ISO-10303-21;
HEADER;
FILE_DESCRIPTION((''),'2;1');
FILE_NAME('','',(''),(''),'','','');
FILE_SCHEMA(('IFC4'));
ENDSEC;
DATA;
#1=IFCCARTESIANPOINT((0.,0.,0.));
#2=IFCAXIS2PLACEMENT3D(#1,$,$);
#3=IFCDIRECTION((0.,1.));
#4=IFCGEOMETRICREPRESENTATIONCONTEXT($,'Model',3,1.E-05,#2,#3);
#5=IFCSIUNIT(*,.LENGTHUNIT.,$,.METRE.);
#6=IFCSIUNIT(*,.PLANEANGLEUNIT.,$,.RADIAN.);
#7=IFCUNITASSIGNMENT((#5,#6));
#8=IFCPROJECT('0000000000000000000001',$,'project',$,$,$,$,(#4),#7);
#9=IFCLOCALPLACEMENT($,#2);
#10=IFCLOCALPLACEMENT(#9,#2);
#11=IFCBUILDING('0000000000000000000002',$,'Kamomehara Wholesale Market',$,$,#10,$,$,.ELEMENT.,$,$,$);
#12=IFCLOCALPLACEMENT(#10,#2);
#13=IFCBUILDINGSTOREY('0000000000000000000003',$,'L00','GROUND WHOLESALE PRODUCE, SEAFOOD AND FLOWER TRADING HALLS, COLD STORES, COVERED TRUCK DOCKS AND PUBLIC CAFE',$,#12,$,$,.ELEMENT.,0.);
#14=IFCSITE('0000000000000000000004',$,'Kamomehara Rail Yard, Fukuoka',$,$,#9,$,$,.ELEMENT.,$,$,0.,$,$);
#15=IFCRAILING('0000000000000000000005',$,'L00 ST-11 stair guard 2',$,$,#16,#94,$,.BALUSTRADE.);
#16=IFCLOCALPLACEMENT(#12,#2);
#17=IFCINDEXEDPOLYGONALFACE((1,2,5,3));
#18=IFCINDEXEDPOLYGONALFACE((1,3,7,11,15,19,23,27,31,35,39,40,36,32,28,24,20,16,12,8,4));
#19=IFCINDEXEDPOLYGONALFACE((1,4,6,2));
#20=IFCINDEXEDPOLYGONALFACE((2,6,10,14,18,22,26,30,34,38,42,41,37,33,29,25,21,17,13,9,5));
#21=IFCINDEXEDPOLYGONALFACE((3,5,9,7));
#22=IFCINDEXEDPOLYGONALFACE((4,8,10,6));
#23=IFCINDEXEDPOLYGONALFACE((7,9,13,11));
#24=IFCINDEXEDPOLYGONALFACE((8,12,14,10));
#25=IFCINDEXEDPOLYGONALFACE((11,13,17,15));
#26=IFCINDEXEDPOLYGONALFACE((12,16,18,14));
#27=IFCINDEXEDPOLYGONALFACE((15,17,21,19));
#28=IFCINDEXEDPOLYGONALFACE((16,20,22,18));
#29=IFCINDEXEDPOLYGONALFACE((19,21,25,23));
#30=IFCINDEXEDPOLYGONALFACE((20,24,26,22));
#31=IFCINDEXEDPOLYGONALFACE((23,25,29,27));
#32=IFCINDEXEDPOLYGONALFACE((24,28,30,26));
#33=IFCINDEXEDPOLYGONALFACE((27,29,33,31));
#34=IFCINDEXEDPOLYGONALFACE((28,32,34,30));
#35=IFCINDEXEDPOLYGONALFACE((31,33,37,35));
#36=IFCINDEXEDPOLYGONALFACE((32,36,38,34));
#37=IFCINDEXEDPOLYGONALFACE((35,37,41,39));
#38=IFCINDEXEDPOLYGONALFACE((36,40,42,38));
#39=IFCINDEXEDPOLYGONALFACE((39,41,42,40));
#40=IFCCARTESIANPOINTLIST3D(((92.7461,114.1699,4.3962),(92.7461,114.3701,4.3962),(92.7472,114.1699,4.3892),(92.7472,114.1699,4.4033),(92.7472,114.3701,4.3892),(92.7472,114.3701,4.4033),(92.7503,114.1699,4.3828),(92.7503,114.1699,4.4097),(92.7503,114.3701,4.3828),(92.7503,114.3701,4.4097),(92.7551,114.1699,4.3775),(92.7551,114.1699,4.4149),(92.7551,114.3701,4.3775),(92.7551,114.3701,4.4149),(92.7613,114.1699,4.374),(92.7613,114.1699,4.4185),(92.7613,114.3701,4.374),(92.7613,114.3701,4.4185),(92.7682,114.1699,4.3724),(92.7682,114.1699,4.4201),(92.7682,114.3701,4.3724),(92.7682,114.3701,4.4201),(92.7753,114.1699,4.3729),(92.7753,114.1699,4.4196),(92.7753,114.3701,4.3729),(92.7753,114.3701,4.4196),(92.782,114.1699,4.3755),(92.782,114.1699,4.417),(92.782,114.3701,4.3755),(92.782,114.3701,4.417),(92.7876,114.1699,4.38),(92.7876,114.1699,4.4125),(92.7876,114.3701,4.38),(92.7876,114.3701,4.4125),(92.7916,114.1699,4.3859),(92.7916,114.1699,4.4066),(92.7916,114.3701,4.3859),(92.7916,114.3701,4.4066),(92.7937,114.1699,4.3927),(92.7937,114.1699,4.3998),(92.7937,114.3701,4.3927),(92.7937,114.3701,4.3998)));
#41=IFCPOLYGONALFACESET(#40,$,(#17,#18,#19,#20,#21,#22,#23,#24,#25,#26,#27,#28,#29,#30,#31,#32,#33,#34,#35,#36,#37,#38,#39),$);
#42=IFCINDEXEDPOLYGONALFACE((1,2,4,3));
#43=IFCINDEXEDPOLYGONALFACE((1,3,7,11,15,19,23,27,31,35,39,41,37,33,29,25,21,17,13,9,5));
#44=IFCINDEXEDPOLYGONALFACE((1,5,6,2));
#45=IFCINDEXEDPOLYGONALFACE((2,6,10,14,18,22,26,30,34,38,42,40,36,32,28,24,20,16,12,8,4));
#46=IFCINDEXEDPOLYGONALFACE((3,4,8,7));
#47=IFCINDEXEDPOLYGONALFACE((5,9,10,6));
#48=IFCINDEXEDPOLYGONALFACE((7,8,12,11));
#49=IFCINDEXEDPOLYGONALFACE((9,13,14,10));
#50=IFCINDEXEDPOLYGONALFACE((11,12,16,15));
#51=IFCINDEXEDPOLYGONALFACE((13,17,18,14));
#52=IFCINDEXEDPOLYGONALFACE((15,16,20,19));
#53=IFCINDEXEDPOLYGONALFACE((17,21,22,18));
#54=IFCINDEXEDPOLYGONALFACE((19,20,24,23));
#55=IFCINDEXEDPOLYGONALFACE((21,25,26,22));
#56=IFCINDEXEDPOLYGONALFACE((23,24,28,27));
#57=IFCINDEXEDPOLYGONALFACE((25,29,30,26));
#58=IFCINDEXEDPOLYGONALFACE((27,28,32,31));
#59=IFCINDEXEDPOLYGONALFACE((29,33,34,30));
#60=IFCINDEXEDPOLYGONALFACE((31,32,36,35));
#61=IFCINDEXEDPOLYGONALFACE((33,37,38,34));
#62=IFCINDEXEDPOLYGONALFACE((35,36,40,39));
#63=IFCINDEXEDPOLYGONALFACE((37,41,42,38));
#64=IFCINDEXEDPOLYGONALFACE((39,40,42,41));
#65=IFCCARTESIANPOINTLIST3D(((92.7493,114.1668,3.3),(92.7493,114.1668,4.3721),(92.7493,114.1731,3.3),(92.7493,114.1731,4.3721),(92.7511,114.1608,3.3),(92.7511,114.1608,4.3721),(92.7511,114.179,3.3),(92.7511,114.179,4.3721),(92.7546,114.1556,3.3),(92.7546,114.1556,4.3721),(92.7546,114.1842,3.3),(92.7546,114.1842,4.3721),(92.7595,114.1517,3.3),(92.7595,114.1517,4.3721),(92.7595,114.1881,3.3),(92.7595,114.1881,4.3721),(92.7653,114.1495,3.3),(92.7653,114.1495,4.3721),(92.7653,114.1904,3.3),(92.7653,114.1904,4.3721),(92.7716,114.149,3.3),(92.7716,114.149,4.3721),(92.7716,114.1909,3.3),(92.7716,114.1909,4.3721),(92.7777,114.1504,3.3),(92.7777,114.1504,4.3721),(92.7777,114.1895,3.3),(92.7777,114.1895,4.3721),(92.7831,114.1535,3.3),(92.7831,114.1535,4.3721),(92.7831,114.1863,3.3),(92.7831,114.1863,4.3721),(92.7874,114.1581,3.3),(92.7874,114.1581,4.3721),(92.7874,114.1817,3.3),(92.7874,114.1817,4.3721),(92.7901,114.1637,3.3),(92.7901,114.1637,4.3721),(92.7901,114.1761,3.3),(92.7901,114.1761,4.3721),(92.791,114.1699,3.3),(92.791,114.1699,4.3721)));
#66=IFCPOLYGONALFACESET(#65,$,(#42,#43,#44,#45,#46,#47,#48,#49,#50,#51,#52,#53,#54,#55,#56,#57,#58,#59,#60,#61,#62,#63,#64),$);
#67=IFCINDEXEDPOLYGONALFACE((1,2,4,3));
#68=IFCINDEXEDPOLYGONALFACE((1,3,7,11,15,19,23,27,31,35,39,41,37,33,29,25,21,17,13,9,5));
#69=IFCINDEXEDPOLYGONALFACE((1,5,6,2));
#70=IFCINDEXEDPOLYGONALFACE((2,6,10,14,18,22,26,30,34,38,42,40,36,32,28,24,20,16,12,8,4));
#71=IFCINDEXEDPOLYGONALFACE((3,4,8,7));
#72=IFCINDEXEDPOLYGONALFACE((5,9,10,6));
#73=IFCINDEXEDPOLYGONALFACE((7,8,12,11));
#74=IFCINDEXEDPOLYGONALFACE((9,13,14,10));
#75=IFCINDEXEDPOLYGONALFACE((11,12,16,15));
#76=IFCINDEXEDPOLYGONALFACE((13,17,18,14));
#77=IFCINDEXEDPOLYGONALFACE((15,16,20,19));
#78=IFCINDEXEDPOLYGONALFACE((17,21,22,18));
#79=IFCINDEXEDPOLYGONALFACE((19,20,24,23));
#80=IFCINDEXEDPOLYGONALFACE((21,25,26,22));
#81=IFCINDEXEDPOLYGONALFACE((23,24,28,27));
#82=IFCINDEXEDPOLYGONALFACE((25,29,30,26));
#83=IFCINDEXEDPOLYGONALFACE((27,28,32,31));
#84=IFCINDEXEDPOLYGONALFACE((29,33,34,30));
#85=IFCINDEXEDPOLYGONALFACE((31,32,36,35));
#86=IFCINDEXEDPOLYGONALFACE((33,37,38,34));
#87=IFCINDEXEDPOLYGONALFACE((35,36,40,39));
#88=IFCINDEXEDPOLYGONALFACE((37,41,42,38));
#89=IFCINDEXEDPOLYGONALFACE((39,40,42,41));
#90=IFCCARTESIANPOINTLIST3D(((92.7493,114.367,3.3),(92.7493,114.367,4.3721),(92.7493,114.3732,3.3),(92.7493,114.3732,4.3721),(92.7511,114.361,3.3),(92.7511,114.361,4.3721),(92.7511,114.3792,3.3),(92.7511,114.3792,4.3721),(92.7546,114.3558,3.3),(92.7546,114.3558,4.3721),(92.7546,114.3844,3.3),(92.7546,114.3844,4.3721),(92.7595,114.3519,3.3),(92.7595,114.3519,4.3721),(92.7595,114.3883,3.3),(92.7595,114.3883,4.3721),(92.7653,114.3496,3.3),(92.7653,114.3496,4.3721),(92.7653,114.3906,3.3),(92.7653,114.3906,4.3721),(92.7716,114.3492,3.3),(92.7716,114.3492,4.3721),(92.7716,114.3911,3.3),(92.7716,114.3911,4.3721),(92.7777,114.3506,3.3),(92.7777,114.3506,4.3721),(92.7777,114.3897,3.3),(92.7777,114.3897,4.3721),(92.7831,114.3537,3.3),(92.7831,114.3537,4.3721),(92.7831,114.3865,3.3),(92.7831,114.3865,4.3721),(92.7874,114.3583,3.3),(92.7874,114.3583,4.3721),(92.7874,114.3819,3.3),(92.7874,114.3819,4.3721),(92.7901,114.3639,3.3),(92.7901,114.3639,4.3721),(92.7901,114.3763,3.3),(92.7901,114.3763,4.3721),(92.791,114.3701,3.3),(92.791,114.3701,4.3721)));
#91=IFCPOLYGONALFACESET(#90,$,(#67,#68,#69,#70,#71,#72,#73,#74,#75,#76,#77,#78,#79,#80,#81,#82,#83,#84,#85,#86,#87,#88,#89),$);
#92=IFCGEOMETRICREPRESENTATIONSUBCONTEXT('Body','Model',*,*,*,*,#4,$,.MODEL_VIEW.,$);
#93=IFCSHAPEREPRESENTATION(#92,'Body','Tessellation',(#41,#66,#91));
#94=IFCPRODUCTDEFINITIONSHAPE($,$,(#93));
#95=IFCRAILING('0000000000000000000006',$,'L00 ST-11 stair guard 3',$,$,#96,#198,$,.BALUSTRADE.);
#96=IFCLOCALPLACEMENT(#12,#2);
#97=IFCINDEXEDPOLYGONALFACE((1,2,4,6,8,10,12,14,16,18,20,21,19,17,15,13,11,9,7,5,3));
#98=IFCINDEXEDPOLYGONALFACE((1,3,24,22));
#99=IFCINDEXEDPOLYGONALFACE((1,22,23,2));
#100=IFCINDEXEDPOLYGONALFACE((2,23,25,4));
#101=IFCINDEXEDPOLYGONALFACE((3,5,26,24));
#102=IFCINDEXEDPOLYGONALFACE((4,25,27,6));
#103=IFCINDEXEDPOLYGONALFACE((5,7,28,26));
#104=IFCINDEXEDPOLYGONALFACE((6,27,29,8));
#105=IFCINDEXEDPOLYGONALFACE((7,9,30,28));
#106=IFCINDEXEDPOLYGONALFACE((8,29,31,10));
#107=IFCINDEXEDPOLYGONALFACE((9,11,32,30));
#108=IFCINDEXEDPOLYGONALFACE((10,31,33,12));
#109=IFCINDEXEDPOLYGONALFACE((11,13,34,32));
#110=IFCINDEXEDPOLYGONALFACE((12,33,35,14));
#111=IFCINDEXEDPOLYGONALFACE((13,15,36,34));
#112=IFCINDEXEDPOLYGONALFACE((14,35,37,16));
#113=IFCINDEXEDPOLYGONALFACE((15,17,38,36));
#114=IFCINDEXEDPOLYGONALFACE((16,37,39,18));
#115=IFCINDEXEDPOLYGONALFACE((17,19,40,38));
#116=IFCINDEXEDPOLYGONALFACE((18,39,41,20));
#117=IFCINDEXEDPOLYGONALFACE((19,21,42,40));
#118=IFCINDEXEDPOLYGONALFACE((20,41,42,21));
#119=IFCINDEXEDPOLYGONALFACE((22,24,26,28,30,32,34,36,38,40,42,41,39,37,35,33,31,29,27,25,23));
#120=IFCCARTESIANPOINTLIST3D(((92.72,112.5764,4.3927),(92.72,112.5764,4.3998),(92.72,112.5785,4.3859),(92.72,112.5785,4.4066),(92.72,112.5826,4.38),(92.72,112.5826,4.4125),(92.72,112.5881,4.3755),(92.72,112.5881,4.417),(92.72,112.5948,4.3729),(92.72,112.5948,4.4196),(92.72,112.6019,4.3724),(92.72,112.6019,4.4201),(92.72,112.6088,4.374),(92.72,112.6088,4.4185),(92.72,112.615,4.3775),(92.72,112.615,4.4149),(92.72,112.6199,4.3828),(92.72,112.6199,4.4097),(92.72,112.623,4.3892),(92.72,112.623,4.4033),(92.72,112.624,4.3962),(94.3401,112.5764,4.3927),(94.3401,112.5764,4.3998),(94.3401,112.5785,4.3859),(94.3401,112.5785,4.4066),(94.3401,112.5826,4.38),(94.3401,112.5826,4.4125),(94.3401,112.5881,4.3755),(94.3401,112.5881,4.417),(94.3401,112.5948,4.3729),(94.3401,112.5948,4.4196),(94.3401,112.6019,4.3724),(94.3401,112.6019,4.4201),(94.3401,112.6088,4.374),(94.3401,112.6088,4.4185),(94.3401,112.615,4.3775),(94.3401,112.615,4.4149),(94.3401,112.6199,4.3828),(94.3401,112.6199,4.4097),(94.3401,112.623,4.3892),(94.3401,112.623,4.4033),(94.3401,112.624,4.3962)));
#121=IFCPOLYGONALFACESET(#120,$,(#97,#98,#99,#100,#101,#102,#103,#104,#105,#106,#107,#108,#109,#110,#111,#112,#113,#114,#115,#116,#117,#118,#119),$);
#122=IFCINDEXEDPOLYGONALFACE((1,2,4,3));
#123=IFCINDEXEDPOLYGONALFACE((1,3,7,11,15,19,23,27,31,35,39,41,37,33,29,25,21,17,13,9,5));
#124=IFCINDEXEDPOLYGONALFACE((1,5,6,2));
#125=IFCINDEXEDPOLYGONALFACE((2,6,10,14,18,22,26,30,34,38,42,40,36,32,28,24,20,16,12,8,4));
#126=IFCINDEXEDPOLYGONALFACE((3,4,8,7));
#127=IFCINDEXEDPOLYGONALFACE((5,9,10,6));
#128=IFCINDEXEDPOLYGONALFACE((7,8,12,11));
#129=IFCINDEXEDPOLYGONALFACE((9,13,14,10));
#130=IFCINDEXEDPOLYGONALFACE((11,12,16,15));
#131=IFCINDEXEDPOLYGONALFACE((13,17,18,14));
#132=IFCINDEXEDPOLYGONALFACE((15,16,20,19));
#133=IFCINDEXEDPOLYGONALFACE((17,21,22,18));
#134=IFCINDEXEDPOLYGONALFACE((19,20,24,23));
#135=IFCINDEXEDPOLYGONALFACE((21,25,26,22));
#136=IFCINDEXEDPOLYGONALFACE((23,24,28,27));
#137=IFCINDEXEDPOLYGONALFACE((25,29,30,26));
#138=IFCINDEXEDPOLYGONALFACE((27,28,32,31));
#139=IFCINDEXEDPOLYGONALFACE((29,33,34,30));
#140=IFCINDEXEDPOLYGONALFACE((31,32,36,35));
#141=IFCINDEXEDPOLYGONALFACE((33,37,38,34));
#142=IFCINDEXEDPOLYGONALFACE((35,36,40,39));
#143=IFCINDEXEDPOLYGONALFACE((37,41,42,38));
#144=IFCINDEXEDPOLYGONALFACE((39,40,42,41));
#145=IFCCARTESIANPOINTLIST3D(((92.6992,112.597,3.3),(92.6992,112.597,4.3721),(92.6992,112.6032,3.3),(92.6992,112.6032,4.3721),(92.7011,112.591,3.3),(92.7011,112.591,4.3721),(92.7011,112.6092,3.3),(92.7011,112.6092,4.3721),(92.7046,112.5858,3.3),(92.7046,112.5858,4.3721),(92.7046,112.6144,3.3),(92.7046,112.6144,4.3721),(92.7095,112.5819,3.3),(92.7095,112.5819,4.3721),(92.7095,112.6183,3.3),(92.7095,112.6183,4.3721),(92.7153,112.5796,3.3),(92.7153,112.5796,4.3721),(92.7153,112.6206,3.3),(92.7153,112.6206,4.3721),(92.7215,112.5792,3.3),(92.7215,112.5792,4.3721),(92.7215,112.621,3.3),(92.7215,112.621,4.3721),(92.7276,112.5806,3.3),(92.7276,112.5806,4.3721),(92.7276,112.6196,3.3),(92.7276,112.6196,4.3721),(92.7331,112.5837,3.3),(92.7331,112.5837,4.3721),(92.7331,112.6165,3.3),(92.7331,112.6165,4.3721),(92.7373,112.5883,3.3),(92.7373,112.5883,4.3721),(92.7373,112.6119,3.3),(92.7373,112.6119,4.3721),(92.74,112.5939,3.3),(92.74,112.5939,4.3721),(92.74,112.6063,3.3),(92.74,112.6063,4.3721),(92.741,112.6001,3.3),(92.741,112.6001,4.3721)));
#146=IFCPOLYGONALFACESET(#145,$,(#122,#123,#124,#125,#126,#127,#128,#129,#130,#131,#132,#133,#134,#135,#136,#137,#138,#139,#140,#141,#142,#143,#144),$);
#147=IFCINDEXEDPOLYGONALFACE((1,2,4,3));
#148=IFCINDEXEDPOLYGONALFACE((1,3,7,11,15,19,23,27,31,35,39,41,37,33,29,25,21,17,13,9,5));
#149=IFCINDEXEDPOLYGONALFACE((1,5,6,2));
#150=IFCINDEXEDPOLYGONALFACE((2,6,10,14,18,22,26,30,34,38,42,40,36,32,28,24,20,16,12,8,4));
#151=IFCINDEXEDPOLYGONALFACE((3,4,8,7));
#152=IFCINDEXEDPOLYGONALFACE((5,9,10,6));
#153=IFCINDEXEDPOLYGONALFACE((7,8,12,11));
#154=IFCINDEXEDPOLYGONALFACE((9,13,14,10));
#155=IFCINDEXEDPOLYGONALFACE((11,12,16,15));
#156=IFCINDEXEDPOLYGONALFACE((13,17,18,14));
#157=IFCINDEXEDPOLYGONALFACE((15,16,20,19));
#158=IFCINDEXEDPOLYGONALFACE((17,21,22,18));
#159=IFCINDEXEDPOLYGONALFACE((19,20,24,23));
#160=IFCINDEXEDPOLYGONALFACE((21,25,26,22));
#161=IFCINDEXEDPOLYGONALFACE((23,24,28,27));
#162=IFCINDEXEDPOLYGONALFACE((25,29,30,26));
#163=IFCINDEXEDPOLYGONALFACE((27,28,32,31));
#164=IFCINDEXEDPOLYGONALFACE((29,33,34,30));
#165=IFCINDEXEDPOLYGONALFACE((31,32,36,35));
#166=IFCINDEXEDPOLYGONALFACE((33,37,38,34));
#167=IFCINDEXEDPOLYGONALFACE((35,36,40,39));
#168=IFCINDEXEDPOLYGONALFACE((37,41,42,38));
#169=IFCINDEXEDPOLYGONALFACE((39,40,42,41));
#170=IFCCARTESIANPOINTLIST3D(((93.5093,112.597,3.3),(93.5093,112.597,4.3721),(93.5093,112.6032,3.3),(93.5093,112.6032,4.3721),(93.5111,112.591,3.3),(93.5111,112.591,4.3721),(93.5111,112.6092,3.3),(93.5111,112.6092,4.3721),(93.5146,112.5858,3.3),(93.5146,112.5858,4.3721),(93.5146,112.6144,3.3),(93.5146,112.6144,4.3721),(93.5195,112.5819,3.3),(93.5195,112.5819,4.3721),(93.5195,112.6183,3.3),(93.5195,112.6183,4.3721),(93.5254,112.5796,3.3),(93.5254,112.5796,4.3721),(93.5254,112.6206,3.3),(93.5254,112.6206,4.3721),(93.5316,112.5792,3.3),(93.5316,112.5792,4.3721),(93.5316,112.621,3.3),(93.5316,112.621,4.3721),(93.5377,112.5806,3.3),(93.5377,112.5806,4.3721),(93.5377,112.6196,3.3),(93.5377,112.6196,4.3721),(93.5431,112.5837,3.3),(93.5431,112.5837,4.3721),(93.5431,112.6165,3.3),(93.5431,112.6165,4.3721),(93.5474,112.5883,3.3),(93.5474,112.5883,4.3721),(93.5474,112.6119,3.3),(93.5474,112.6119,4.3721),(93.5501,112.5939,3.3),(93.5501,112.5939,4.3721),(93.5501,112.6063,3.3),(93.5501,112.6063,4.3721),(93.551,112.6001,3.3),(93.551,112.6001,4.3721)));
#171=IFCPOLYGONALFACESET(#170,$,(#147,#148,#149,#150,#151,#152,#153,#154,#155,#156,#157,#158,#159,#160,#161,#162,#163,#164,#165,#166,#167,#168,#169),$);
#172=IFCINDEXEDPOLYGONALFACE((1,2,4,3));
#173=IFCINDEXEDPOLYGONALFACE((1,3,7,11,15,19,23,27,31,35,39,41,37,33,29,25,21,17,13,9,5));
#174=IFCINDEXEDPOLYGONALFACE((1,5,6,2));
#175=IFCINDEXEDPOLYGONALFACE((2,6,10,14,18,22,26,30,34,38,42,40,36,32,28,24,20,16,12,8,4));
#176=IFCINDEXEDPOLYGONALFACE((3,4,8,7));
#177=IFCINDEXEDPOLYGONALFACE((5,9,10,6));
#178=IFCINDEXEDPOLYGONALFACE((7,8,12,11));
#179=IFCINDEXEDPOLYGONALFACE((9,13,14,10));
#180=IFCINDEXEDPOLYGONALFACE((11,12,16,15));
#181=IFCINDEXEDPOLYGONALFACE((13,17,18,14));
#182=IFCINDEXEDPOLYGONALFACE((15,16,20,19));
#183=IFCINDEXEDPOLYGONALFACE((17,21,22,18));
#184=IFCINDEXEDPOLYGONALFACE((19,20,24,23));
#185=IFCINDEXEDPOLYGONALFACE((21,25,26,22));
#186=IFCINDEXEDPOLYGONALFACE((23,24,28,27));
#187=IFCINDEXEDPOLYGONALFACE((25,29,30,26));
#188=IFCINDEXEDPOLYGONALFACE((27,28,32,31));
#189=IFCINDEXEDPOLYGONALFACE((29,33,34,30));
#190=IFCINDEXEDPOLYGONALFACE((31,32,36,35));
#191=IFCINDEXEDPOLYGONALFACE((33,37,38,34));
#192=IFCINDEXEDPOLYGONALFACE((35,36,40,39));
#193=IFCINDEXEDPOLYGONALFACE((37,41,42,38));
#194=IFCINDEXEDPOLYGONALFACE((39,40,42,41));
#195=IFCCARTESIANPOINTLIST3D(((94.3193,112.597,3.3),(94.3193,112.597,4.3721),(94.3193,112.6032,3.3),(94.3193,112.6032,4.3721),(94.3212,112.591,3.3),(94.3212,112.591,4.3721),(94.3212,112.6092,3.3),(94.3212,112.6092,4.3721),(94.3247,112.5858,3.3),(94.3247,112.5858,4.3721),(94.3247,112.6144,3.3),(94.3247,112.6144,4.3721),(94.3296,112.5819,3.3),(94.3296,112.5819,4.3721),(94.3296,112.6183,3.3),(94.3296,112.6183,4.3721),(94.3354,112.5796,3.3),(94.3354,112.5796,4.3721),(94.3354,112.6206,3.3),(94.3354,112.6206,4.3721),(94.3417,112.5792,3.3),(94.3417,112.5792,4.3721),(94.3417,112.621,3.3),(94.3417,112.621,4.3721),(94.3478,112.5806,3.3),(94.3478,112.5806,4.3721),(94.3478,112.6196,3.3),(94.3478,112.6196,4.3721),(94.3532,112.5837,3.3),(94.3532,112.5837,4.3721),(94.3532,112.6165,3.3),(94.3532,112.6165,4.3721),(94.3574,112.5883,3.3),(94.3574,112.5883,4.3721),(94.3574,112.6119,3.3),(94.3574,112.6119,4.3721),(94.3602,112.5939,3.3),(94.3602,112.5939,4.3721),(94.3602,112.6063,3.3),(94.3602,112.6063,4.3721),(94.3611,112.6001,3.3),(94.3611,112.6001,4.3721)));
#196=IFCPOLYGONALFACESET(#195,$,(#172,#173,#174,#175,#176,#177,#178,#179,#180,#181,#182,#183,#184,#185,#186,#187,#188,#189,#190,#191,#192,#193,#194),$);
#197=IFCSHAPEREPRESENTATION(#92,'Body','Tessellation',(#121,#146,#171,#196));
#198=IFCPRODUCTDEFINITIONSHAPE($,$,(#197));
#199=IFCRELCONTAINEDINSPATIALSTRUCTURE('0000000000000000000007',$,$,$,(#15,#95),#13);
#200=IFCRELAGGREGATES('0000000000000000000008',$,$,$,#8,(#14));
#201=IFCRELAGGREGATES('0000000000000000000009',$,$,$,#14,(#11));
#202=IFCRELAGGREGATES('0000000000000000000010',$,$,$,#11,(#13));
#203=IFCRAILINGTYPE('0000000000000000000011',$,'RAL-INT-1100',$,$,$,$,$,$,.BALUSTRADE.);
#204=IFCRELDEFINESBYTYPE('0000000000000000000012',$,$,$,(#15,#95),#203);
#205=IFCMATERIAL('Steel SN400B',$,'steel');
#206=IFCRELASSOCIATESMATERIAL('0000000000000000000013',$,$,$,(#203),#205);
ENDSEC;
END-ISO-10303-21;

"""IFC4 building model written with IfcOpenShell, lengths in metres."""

from ifc_helpers import new_model, si_unit, direction, frame, origin, origin_2d, place, context, subcontext, project, spatial, circle, extrude, material, type_object, element, save


model = new_model("IFC4")

# Units and contexts
model_context = context("Model", 3, precision=1e-05, world=origin(), true_north=direction((0.0, 1.0)))
body_context = subcontext(model_context, "Body", "Model", "MODEL_VIEW")
ifc_project = project(units=[si_unit("LENGTHUNIT", "METRE"), si_unit("PLANEANGLEUNIT", "RADIAN")], contexts=[model_context])

# Site, building, storey
site_placement = place(None, origin())
site = spatial("IfcSite", under=ifc_project, at=site_placement, Name="Kamomehara Rail Yard, Fukuoka", CompositionType="ELEMENT", RefElevation=0.0)
building_placement = place(site_placement, origin())
building = spatial("IfcBuilding", under=site, at=building_placement, Name="Kamomehara Wholesale Market", CompositionType="ELEMENT")
storey_placement = place(building_placement, origin())
storey = spatial("IfcBuildingStorey", under=building, at=storey_placement, Name="L00", Description="GROUND WHOLESALE PRODUCE, SEAFOOD AND FLOWER TRADING HALLS, COLD STORES, COVERED TRUCK DOCKS AND PUBLIC CAFE", CompositionType="ELEMENT", Elevation=0.0)

# Railings
ifc_material_1 = material(Name="Steel SN400B", Category="steel")
railing_type_1 = type_object("IfcRailingType", Name="RAL-INT-1100", PredefinedType="BALUSTRADE", material=ifc_material_1)
railing_1_placement = place(storey_placement, frame((92.77, 114.1699, 3.3)))
element("IfcRailing", 1, at=railing_1_placement, inside=storey, type_object=railing_type_1, Name="L00 ST-11 stair guard 2", PredefinedType="BALUSTRADE", context=body_context, shape_type="SweptSolid", body=[
    extrude(circle(Radius=0.0239, at=origin_2d()), frame((0.0, 0.0, 1.0962), z_axis=(0.0, 1.0, 0.0), x_axis=(-1.0, 0.0, 0.0)), (0.0, 0.0, 1.0), 0.2002),
    extrude(circle(Radius=0.021, at=origin_2d()), origin(), (0.0, 0.0, 1.0), 1.072),
    extrude(circle(Radius=0.021, at=origin_2d()), frame((0.0, 0.2002, 0.0)), (0.0, 0.0, 1.0), 1.072),
])
railing_2_placement = place(storey_placement, frame((92.72, 112.6001, 3.3)))
element("IfcRailing", 2, at=railing_2_placement, inside=storey, type_object=railing_type_1, Name="L00 ST-11 stair guard 3", PredefinedType="BALUSTRADE", context=body_context, shape_type="SweptSolid", body=[
    extrude(circle(Radius=0.0239, at=origin_2d()), frame((0.0, 0.0, 1.0962), z_axis=(1.0, 0.0, 0.0), x_axis=(0.0, 1.0, 0.0)), (0.0, 0.0, 1.0), 1.6201),
    extrude(circle(Radius=0.021, at=origin_2d()), origin(), (0.0, 0.0, 1.0), 1.072),
    extrude(circle(Radius=0.021, at=origin_2d()), frame((0.8101, 0.0, 0.0)), (0.0, 0.0, 1.0), 1.072),
    extrude(circle(Radius=0.021, at=origin_2d()), frame((1.6201, 0.0, 0.0)), (0.0, 0.0, 1.0), 1.072),
])

save(model, "model.ifc")
